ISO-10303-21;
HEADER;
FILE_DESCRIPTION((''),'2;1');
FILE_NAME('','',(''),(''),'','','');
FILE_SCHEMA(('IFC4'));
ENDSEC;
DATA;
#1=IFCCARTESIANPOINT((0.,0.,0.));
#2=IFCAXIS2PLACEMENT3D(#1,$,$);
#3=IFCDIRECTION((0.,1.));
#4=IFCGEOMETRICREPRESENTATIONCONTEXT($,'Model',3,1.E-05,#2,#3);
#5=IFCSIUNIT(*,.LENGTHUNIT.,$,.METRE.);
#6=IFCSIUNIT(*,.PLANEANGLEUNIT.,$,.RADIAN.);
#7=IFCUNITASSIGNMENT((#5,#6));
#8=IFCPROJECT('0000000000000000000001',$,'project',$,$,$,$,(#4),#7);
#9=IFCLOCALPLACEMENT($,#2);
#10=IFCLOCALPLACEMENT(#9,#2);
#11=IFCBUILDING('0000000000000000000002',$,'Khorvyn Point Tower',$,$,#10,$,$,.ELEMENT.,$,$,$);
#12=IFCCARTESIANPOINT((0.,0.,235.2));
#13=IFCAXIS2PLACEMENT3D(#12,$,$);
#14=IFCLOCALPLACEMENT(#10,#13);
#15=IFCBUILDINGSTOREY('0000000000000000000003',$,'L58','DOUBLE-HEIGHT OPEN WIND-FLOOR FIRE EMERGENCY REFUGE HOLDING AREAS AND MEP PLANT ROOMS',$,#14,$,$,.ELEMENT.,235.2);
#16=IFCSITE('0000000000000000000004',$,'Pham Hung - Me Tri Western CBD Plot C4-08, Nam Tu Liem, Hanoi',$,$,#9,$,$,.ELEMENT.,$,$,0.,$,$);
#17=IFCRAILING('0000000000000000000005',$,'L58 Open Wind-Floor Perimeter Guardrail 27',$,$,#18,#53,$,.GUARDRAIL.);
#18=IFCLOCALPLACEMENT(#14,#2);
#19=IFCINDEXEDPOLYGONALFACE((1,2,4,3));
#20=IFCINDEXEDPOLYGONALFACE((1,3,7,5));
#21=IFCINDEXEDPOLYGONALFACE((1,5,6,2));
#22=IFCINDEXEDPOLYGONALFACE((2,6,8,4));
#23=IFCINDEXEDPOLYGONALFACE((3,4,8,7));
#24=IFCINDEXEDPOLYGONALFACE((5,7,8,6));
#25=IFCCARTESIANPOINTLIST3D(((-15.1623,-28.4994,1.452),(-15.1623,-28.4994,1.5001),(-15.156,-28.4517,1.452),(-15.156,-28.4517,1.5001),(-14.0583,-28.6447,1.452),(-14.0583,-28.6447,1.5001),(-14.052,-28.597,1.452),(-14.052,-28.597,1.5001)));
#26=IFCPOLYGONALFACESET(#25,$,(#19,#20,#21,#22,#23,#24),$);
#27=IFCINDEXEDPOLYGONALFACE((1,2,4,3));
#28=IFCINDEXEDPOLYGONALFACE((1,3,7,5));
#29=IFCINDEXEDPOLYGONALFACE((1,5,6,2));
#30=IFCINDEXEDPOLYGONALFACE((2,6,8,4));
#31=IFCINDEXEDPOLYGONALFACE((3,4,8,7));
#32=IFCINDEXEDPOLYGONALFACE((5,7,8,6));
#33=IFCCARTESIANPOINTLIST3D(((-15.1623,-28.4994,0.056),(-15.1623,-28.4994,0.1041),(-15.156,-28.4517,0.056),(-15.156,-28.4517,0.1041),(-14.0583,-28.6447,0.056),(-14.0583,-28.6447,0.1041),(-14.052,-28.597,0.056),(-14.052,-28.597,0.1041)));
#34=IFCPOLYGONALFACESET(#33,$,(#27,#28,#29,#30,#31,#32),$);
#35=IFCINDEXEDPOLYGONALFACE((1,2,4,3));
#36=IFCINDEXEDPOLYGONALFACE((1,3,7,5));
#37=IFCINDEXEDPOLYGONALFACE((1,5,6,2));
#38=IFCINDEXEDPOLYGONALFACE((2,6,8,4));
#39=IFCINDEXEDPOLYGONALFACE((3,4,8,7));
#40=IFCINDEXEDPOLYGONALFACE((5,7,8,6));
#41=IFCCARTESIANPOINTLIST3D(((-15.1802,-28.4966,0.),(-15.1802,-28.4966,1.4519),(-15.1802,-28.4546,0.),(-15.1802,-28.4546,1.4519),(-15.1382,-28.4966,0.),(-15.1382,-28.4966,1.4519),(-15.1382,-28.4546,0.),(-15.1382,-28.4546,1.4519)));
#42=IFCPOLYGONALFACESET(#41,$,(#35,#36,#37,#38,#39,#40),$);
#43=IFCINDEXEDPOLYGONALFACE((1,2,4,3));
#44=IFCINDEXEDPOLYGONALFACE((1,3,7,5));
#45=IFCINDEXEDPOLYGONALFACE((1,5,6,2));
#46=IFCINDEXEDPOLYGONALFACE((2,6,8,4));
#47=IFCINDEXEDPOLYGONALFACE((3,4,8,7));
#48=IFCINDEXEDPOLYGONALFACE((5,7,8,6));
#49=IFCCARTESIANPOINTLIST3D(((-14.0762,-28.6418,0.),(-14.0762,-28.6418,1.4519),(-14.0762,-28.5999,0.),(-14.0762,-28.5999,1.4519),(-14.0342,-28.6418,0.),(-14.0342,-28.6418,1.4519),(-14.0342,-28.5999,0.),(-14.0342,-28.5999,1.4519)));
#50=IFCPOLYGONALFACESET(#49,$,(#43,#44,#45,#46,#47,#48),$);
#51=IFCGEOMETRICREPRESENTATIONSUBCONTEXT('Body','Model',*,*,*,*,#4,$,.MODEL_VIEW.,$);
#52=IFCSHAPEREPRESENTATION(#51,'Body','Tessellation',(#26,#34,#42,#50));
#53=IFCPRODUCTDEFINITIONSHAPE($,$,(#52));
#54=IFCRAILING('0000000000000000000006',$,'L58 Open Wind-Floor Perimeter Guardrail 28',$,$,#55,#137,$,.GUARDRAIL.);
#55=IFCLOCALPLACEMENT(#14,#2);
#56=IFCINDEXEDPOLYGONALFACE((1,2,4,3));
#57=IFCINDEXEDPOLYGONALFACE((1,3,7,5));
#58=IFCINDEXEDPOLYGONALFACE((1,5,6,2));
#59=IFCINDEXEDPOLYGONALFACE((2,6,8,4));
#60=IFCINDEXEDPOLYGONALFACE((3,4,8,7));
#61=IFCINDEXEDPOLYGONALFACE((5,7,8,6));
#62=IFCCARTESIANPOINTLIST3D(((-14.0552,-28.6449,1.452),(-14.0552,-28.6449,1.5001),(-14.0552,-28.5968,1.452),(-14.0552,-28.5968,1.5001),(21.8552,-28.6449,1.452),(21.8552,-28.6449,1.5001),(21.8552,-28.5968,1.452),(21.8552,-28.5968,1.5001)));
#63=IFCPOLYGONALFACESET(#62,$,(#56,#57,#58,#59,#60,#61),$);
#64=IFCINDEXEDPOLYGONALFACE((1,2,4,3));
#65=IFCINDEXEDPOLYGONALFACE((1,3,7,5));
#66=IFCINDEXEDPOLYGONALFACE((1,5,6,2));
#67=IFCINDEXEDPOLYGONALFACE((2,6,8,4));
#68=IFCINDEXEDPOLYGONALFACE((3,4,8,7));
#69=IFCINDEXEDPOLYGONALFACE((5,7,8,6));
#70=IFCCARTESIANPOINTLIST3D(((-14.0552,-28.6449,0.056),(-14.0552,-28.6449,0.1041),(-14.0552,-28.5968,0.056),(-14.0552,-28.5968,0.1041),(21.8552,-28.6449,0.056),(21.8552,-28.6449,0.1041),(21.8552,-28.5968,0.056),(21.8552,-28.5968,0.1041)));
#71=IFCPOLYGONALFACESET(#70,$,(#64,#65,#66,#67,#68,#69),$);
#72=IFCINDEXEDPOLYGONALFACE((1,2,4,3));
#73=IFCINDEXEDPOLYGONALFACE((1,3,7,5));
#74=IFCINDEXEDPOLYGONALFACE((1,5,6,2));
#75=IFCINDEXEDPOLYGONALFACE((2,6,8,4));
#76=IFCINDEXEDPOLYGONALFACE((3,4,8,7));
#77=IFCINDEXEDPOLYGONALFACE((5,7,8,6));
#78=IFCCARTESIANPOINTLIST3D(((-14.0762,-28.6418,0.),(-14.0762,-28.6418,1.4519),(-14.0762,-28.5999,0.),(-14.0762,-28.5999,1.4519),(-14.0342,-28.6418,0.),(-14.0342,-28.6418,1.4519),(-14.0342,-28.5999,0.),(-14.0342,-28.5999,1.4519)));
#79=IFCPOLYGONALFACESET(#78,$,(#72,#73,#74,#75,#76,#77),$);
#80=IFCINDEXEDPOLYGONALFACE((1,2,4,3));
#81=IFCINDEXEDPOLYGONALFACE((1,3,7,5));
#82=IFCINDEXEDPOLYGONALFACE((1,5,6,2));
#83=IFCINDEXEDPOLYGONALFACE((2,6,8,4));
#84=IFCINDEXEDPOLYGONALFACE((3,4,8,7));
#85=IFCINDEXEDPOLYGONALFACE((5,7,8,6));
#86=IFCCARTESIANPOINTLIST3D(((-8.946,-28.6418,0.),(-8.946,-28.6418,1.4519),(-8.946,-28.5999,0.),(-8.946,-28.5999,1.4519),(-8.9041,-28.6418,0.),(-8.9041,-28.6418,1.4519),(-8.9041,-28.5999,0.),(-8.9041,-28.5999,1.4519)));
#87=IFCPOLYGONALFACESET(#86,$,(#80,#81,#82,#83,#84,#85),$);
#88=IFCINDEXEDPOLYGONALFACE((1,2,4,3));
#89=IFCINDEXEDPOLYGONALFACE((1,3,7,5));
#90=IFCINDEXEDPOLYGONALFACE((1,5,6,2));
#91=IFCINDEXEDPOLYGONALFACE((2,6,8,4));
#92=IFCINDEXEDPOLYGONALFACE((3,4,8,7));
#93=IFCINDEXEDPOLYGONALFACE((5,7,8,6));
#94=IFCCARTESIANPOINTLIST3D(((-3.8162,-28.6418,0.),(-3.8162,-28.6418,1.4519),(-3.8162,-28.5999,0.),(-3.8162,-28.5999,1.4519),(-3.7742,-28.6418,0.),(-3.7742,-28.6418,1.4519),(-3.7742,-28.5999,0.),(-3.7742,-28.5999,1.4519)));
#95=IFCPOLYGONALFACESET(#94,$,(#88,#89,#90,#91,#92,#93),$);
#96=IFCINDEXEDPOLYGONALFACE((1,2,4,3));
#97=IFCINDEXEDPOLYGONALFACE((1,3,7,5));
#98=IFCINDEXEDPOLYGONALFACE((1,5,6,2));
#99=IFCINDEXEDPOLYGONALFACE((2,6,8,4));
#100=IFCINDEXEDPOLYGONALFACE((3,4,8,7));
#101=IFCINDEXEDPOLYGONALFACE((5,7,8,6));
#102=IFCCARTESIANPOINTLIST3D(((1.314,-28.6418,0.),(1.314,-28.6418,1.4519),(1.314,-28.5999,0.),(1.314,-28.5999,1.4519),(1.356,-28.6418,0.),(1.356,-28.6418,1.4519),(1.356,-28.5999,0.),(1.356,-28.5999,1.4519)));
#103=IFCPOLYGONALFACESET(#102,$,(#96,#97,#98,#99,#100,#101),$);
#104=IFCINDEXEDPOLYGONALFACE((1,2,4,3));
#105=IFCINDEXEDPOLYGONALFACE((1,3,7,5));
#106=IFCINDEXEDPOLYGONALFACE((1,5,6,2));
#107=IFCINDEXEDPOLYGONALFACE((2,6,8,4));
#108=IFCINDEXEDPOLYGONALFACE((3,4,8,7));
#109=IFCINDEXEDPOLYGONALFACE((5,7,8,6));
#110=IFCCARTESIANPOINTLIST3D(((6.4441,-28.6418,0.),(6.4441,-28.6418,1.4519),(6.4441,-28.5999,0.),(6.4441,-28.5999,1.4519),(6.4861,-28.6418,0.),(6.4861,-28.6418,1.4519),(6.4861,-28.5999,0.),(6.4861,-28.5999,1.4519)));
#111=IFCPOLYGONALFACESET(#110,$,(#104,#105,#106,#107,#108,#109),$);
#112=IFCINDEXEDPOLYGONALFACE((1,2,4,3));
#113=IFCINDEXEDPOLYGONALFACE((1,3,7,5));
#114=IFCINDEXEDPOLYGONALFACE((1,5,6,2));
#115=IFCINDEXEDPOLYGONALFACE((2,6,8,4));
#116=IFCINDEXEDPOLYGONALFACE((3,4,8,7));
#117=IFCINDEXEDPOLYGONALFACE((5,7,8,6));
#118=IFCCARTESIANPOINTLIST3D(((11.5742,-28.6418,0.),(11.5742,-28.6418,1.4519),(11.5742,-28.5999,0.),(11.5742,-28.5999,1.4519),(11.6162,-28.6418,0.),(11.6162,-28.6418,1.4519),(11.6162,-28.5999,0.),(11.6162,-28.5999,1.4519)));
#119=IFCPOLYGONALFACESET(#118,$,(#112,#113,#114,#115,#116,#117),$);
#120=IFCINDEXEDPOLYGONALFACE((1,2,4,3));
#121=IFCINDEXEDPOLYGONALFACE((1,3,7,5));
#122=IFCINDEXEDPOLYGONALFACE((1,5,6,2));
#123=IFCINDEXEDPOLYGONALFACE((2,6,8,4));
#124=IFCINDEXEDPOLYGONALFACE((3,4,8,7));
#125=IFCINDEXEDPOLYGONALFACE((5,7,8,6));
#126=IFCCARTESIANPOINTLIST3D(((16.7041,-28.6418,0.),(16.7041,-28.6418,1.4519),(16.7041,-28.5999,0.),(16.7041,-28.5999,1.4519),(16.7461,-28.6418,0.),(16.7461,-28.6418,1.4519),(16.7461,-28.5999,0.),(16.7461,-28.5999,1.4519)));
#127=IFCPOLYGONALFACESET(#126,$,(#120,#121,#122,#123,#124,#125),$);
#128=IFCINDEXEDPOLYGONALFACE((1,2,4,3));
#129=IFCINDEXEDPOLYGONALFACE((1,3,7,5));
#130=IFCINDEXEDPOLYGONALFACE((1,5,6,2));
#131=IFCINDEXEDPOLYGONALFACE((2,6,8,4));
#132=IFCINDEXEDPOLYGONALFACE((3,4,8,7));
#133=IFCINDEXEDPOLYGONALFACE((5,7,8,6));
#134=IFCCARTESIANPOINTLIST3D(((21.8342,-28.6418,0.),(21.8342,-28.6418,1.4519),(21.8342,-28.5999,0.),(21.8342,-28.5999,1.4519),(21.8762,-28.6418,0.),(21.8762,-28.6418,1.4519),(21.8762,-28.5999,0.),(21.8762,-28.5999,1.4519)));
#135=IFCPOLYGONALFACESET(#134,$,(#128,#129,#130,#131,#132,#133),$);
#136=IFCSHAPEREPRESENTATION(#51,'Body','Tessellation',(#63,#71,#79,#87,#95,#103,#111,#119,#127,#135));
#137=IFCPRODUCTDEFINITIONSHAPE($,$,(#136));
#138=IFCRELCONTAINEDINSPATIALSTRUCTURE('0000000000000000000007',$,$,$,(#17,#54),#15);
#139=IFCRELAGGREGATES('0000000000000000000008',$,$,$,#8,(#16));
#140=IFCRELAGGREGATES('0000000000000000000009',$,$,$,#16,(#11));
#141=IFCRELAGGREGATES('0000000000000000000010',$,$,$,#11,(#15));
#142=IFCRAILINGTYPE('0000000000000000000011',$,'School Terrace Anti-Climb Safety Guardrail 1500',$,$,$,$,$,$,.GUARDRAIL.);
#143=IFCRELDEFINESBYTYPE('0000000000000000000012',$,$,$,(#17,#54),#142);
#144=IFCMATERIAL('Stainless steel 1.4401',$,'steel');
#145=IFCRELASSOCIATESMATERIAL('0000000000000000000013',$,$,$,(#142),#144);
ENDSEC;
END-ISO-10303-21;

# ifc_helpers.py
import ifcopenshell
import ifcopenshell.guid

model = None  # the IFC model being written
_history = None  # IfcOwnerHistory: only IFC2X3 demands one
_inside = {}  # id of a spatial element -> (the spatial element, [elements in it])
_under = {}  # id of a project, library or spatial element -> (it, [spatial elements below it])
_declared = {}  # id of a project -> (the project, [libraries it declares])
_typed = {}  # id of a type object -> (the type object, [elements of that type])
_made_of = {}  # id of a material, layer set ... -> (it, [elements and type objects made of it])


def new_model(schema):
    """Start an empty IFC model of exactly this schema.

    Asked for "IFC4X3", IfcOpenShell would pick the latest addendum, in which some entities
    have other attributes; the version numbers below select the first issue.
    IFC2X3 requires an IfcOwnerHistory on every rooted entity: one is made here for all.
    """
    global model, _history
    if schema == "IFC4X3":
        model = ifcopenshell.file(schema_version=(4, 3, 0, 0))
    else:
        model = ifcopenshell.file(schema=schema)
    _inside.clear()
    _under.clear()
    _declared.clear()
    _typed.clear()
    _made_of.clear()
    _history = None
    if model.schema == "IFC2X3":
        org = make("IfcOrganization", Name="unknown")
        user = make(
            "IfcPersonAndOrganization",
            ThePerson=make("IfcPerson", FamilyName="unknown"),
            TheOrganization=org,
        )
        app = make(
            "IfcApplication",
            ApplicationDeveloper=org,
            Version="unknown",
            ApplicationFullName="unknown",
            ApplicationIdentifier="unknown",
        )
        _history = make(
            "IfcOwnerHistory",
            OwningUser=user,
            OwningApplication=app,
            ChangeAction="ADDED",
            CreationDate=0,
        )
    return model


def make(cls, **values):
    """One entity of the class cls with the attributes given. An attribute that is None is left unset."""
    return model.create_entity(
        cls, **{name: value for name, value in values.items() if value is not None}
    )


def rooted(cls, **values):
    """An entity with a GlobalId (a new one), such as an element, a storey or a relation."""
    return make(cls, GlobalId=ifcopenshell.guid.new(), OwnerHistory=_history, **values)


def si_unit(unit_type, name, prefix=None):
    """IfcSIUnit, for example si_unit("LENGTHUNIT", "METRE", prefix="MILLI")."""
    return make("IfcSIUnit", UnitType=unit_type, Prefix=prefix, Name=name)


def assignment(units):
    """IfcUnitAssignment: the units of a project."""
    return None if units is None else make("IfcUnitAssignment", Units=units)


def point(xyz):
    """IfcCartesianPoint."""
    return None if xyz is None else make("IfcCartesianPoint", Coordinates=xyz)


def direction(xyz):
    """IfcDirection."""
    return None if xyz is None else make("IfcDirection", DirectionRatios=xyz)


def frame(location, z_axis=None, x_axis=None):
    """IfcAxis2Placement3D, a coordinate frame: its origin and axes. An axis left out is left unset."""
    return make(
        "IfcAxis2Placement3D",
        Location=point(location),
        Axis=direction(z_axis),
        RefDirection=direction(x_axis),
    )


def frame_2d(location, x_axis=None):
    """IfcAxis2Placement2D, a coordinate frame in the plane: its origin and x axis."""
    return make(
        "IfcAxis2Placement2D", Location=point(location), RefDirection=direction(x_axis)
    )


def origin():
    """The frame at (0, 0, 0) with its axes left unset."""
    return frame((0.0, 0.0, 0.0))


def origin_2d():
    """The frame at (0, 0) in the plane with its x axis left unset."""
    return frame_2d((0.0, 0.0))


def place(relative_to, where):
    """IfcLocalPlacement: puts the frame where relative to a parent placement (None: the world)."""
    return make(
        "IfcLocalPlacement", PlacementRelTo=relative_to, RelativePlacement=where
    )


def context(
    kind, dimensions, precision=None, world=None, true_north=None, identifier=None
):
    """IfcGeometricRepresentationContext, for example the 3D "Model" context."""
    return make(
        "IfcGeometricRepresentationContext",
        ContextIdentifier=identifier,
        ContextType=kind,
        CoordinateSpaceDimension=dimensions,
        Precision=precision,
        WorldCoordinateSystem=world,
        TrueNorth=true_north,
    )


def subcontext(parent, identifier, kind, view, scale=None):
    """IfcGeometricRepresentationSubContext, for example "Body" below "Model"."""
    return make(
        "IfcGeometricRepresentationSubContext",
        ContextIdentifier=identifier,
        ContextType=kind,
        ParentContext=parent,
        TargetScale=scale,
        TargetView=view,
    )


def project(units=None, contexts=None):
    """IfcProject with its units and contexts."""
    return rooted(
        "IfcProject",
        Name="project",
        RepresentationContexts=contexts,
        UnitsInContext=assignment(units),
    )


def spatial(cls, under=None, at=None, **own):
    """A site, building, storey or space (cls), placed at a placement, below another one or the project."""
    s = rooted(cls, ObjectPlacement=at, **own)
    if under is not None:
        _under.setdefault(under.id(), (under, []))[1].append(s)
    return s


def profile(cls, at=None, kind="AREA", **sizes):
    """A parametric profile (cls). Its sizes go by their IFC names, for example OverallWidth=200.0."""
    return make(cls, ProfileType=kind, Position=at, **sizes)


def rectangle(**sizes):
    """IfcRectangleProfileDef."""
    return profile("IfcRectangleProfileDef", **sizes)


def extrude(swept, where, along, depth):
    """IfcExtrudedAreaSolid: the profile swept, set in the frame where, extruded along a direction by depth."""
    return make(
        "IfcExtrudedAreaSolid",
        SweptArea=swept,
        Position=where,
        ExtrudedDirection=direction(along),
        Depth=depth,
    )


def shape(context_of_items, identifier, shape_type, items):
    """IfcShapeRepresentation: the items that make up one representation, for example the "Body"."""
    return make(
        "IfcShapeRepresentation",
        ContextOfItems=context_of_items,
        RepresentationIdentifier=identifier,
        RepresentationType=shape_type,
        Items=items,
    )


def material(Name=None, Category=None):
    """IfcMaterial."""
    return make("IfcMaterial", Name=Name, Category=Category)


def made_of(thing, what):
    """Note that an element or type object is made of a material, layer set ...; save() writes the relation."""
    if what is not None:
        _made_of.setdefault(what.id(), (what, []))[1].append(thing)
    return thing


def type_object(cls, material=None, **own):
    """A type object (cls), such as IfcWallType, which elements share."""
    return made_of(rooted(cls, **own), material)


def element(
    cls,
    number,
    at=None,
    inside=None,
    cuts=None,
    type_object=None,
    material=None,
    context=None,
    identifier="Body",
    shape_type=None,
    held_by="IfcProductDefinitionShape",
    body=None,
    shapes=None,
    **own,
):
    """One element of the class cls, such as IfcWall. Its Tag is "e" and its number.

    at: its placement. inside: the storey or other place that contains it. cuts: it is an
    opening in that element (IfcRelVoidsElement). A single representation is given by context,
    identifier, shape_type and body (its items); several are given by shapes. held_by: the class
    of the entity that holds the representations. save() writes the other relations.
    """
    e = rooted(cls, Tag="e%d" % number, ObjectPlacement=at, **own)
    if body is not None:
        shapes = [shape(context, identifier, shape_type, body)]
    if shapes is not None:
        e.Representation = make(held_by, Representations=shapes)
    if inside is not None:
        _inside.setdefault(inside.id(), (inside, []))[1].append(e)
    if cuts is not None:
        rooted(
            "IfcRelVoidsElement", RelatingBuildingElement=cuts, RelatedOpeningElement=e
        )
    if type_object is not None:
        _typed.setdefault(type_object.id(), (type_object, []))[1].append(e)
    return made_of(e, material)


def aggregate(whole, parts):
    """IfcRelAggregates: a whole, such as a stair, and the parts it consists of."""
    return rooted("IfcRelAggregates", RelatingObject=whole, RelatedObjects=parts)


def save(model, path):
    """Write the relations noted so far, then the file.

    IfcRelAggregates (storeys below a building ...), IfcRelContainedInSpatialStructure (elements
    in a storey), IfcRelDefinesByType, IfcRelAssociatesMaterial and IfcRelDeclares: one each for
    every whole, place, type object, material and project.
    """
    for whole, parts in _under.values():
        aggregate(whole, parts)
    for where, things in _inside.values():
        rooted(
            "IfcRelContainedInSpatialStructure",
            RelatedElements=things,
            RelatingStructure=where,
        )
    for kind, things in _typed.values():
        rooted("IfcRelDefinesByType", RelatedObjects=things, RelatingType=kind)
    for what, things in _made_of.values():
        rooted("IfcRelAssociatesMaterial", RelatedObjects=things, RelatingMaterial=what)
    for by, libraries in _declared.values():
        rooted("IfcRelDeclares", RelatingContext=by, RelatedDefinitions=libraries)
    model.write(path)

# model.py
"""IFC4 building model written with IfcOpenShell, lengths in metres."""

from ifc_helpers import new_model, si_unit, direction, frame, origin, origin_2d, place, context, subcontext, project, spatial, rectangle, extrude, material, type_object, element, save


model = new_model("IFC4")

# Units and contexts
model_context = context("Model", 3, precision=1e-05, world=origin(), true_north=direction((0.0, 1.0)))
body_context = subcontext(model_context, "Body", "Model", "MODEL_VIEW")
ifc_project = project(units=[si_unit("LENGTHUNIT", "METRE"), si_unit("PLANEANGLEUNIT", "RADIAN")], contexts=[model_context])

# Site, building, storey
site_placement = place(None, origin())
site = spatial("IfcSite", under=ifc_project, at=site_placement, Name="Pham Hung - Me Tri Western CBD Plot C4-08, Nam Tu Liem, Hanoi", CompositionType="ELEMENT", RefElevation=0.0)
building_placement = place(site_placement, origin())
building = spatial("IfcBuilding", under=site, at=building_placement, Name="Khorvyn Point Tower", CompositionType="ELEMENT")
storey_placement = place(building_placement, frame((0.0, 0.0, 235.2)))
storey = spatial("IfcBuildingStorey", under=building, at=storey_placement, Name="L58", Description="DOUBLE-HEIGHT OPEN WIND-FLOOR FIRE EMERGENCY REFUGE HOLDING AREAS AND MEP PLANT ROOMS", CompositionType="ELEMENT", Elevation=235.2)

# Railings
ifc_material_1 = material(Name="Stainless steel 1.4401", Category="steel")
railing_type = type_object("IfcRailingType", Name="School Terrace Anti-Climb Safety Guardrail 1500", PredefinedType="GUARDRAIL", material=ifc_material_1)
railing_1_placement = place(storey_placement, frame((-15.1592, -28.4756, 0.0)))
element("IfcRailing", 1, at=railing_1_placement, inside=storey, type_object=railing_type, Name="L58 Open Wind-Floor Perimeter Guardrail 27", PredefinedType="GUARDRAIL", context=body_context, shape_type="SweptSolid", body=[
    extrude(rectangle(XDim=0.0481, YDim=0.0481, at=origin_2d()), frame((0.0, 0.0, 1.4761), z_axis=(0.991454, -0.130455, 0.0), x_axis=(0.130455, 0.991454, 0.0)), (0.0, 0.0, 1.0), 1.1135),
    extrude(rectangle(XDim=0.0481, YDim=0.0481, at=origin_2d()), frame((0.0, 0.0, 0.0801), z_axis=(0.991454, -0.130455, 0.0), x_axis=(0.130455, 0.991454, 0.0)), (0.0, 0.0, 1.0), 1.1135),
    extrude(rectangle(XDim=0.042, YDim=0.042, at=origin_2d()), origin(), (0.0, 0.0, 1.0), 1.4519),
    extrude(rectangle(XDim=0.042, YDim=0.042, at=origin_2d()), frame((1.104, -0.1453, 0.0)), (0.0, 0.0, 1.0), 1.4519),
])
railing_2_placement = place(storey_placement, frame((-14.0552, -28.6208, 0.0)))
element("IfcRailing", 2, at=railing_2_placement, inside=storey, type_object=railing_type, Name="L58 Open Wind-Floor Perimeter Guardrail 28", PredefinedType="GUARDRAIL", context=body_context, shape_type="SweptSolid", body=[
    extrude(rectangle(XDim=0.0481, YDim=0.0481, at=origin_2d()), frame((0.0, 0.0, 1.4761), z_axis=(1.0, 0.0, 0.0), x_axis=(0.0, 1.0, 0.0)), (0.0, 0.0, 1.0), 35.9104),
    extrude(rectangle(XDim=0.0481, YDim=0.0481, at=origin_2d()), frame((0.0, 0.0, 0.0801), z_axis=(1.0, 0.0, 0.0), x_axis=(0.0, 1.0, 0.0)), (0.0, 0.0, 1.0), 35.9104),
    extrude(rectangle(XDim=0.042, YDim=0.042, at=origin_2d()), origin(), (0.0, 0.0, 1.0), 1.4519),
    extrude(rectangle(XDim=0.042, YDim=0.042, at=origin_2d()), frame((5.1301, 0.0, 0.0)), (0.0, 0.0, 1.0), 1.4519),
    extrude(rectangle(XDim=0.042, YDim=0.042, at=origin_2d()), frame((10.26, 0.0, 0.0)), (0.0, 0.0, 1.0), 1.4519),
    extrude(rectangle(XDim=0.042, YDim=0.042, at=origin_2d()), frame((15.3901, 0.0, 0.0)), (0.0, 0.0, 1.0), 1.4519),
    extrude(rectangle(XDim=0.042, YDim=0.042, at=origin_2d()), frame((20.5203, 0.0, 0.0)), (0.0, 0.0, 1.0), 1.4519),
    extrude(rectangle(XDim=0.042, YDim=0.042, at=origin_2d()), frame((25.6504, 0.0, 0.0)), (0.0, 0.0, 1.0), 1.4519),
    extrude(rectangle(XDim=0.042, YDim=0.042, at=origin_2d()), frame((30.7803, 0.0, 0.0)), (0.0, 0.0, 1.0), 1.4519),
    extrude(rectangle(XDim=0.042, YDim=0.042, at=origin_2d()), frame((35.9104, 0.0, 0.0)), (0.0, 0.0, 1.0), 1.4519),
])

save(model, "model.ifc")
